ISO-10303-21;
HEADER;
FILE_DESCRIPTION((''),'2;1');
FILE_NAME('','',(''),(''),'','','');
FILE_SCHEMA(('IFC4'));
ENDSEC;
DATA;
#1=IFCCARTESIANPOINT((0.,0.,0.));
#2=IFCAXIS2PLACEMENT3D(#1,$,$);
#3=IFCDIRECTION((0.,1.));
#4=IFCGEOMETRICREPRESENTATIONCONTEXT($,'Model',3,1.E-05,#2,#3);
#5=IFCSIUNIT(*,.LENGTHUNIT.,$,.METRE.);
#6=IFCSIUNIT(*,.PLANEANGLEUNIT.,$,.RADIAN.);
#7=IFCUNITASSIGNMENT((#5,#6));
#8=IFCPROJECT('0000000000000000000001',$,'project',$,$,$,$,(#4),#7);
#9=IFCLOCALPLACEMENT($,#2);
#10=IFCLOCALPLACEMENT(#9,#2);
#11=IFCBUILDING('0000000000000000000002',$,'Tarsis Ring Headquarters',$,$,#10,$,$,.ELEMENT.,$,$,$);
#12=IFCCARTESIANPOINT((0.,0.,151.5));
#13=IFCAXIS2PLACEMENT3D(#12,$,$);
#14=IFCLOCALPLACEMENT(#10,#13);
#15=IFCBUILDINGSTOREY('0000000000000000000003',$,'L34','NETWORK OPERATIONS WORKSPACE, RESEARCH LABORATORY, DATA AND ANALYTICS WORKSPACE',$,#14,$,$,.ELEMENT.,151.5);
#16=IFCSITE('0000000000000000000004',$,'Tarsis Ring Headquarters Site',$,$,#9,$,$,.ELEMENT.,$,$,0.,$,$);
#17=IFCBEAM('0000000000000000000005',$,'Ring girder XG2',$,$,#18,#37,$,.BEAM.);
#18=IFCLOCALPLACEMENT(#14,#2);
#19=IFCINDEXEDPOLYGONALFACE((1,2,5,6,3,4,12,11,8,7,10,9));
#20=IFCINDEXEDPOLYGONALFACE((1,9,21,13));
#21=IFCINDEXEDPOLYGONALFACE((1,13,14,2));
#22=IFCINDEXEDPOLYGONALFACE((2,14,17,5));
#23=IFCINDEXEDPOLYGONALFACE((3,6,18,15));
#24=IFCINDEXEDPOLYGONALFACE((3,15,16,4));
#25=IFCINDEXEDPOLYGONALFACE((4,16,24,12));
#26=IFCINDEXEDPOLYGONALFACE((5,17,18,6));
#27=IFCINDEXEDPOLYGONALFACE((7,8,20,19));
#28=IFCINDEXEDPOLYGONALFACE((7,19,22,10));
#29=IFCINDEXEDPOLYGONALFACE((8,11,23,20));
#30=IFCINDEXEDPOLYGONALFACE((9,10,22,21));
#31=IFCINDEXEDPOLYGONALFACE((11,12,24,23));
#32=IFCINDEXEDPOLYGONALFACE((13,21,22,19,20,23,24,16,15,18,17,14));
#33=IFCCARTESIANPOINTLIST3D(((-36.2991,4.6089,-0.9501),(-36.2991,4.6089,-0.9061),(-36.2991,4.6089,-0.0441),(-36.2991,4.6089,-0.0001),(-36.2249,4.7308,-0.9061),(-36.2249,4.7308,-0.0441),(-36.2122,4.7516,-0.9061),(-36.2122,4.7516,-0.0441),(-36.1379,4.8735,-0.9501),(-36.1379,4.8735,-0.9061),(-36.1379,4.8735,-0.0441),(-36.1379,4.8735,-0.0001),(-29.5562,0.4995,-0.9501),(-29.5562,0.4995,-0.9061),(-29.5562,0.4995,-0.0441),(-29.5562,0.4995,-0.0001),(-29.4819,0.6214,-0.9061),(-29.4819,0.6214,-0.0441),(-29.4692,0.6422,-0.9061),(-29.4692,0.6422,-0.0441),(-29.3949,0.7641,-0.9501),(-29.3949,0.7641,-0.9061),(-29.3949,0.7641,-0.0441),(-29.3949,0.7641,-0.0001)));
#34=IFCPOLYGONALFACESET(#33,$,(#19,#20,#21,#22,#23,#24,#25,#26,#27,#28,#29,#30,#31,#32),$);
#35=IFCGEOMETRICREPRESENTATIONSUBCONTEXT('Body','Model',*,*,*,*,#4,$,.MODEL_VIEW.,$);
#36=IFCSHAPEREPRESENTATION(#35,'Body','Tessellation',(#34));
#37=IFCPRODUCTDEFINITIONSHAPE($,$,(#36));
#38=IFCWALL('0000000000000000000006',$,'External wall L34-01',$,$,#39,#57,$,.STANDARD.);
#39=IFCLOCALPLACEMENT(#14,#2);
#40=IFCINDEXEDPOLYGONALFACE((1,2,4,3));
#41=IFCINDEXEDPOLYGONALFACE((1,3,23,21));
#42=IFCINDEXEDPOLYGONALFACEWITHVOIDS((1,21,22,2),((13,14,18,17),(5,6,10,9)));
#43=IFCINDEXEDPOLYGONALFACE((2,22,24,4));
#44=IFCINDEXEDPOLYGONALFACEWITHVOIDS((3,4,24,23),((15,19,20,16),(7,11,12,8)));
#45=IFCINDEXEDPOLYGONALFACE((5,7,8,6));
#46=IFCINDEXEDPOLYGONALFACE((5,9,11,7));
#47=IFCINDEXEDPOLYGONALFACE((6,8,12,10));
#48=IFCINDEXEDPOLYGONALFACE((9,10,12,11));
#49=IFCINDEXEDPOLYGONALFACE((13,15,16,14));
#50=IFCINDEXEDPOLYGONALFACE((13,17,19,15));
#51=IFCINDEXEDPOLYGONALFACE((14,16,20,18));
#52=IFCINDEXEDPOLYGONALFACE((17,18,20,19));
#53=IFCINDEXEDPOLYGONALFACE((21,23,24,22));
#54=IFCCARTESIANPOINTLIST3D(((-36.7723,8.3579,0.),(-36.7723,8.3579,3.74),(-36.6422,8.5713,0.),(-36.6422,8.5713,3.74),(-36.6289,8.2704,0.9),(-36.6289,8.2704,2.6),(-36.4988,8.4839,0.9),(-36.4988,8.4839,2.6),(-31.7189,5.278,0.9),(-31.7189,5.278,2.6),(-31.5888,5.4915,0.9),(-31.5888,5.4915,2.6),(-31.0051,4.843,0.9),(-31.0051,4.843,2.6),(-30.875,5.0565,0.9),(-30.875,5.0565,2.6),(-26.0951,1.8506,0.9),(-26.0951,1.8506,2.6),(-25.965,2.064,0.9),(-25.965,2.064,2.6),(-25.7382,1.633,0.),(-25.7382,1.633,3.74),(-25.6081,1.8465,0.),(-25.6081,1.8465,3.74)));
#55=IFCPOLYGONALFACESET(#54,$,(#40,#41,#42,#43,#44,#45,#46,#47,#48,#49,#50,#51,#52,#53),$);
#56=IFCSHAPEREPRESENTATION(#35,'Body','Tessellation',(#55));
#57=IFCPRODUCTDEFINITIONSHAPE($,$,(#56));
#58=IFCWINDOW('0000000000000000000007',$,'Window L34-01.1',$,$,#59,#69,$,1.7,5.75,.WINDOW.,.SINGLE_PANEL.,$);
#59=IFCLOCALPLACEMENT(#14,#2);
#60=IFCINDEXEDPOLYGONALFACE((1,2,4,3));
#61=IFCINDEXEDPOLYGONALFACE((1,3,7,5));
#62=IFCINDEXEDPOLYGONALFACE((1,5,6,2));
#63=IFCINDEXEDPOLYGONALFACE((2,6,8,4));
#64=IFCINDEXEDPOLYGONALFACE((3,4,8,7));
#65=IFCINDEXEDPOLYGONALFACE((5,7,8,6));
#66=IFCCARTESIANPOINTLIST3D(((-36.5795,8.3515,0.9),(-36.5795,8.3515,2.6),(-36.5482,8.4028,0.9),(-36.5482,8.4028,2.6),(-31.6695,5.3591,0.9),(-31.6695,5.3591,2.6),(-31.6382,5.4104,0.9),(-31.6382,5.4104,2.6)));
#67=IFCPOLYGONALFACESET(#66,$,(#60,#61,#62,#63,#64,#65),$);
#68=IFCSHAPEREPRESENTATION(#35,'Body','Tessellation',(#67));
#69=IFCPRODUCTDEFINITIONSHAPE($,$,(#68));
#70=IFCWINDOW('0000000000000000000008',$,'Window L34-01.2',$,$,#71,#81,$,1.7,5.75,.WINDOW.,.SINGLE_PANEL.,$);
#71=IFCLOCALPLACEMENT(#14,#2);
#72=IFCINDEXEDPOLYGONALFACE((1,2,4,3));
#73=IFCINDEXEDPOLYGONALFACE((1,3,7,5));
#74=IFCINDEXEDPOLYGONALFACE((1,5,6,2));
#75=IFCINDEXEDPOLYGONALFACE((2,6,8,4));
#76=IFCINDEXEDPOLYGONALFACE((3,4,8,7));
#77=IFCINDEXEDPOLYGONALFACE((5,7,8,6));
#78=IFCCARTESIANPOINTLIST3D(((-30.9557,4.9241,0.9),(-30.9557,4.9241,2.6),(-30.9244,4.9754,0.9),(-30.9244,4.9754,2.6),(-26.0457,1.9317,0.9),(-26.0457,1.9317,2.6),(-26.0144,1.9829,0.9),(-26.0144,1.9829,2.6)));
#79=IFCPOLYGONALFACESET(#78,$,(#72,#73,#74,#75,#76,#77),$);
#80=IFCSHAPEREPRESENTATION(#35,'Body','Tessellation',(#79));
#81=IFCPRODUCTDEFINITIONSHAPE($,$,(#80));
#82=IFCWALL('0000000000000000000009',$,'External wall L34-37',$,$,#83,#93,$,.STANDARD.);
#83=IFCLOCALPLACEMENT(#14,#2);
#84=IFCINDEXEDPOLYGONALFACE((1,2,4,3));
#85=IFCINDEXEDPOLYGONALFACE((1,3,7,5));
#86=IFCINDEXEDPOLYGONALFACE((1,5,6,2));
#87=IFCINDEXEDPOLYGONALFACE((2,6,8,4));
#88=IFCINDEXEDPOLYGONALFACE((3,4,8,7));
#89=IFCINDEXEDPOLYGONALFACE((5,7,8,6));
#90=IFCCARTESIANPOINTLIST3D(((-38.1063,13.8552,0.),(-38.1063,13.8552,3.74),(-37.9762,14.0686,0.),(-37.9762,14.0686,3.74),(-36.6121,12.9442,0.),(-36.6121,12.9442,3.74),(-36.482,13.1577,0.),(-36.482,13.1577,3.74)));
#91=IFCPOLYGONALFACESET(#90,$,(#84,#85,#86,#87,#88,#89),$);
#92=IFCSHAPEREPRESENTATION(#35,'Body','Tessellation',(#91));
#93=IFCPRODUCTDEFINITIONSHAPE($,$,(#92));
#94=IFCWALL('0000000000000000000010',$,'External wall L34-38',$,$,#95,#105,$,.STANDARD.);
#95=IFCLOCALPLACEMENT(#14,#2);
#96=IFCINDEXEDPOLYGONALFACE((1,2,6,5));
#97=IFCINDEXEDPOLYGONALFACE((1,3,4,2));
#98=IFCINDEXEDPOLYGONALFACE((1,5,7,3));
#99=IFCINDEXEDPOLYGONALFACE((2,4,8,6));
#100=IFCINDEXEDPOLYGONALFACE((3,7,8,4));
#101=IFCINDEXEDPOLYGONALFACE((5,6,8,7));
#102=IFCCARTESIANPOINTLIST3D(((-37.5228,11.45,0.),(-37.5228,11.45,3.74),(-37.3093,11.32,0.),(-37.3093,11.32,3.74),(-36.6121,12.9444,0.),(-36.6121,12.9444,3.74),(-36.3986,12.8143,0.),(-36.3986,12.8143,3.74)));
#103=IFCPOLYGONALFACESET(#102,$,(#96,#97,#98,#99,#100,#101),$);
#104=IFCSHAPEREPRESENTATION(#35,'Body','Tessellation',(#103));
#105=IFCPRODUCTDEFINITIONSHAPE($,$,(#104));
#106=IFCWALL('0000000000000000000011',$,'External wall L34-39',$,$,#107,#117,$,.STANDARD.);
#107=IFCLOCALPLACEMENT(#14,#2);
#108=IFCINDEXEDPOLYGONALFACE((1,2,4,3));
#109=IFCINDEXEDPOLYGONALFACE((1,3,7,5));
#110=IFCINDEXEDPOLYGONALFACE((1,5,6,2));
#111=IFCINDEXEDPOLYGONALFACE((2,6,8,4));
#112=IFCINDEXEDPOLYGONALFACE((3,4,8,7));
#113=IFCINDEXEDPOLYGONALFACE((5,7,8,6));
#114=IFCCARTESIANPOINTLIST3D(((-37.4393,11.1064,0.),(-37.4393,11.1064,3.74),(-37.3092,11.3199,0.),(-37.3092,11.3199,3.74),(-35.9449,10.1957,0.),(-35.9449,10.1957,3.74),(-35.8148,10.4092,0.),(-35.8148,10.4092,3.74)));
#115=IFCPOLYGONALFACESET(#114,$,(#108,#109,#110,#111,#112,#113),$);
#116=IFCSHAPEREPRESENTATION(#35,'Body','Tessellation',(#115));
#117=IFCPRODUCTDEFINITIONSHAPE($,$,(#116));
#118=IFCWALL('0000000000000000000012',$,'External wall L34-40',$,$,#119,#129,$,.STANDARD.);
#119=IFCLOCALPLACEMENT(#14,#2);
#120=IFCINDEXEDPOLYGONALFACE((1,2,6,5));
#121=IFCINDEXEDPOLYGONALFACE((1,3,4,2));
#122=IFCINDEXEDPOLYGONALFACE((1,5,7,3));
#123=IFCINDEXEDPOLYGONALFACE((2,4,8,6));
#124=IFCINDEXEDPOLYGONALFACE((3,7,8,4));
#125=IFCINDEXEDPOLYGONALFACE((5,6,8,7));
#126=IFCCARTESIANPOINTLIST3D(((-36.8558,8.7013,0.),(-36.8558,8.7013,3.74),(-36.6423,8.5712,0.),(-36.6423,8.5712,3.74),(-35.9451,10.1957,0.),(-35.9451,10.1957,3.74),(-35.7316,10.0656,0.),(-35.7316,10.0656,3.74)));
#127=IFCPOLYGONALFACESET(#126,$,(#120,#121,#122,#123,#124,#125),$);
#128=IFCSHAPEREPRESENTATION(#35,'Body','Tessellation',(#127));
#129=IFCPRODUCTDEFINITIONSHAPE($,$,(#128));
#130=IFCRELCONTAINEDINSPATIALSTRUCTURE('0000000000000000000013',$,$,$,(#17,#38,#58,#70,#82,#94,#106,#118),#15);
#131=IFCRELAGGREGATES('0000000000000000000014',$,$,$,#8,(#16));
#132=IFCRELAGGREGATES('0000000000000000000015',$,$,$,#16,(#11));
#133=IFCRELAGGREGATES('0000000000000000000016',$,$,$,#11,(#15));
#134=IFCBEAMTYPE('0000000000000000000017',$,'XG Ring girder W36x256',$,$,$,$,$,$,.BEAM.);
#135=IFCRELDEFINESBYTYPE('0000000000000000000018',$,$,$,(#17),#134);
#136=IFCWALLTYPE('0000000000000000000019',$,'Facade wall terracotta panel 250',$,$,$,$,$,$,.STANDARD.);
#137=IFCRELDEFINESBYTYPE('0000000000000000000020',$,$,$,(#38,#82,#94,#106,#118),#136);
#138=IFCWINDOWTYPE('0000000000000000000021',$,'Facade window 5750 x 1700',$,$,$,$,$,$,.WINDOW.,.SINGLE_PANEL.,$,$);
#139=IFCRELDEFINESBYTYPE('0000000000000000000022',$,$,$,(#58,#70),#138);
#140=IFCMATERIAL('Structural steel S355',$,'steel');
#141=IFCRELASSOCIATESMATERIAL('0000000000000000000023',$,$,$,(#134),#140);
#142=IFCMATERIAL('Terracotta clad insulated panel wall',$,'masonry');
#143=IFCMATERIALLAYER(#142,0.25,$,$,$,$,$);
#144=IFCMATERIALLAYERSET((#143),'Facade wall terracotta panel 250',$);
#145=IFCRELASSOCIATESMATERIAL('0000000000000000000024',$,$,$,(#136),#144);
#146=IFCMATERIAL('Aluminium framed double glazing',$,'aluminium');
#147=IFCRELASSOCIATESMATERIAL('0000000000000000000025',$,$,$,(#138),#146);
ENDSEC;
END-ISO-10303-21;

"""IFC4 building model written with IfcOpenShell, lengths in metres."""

from ifc_helpers import new_model, si_unit, direction, frame, frame_2d, origin, origin_2d, place, context, subcontext, project, spatial, rectangle, i_section, extrude, material, layer, layer_set, material_profile, profile_set, type_object, element, fill, save


model = new_model("IFC4")

# Units and contexts
model_context = context("Model", 3, precision=1e-05, world=origin(), true_north=direction((0.0, 1.0)))
body_context = subcontext(model_context, "Body", "Model", "MODEL_VIEW")
ifc_project = project(units=[si_unit("LENGTHUNIT", "METRE"), si_unit("PLANEANGLEUNIT", "RADIAN")], contexts=[model_context])

# Site, building, storey
site_placement = place(None, origin())
site = spatial("IfcSite", under=ifc_project, at=site_placement, Name="Tarsis Ring Headquarters Site", CompositionType="ELEMENT", RefElevation=0.0)
building_placement = place(site_placement, origin())
building = spatial("IfcBuilding", under=site, at=building_placement, Name="Tarsis Ring Headquarters", CompositionType="ELEMENT")
storey_placement = place(building_placement, frame((0.0, 0.0, 151.5)))
storey = spatial("IfcBuildingStorey", under=building, at=storey_placement, Name="L34", Description="NETWORK OPERATIONS WORKSPACE, RESEARCH LABORATORY, DATA AND ANALYTICS WORKSPACE", CompositionType="ELEMENT", Elevation=151.5)

# Shared definitions
ifc_material_1 = material(Name="Structural steel S355", Category="steel")

# Beam
ifc_material_profile_1 = material_profile(ifc_material_1, i_section(OverallWidth=0.3098, OverallDepth=0.95, WebThickness=0.0244, FlangeThickness=0.0439, at=origin_2d()), Name="W36x256")
ifc_profile_set_1 = profile_set([ifc_material_profile_1], Name="Structural steel S355")
beam_type = type_object("IfcBeamType", Name="XG Ring girder W36x256", PredefinedType="BEAM", material=ifc_profile_set_1)
for number, where, z_axis, x_axis, name in (
    (1, (-36.2185, 4.7412, -0.4751), (0.853918, -0.520408, 0.0), (0.520408, 0.853918, 0.0), "Ring girder XG2"),
):
    element("IfcBeam", number, at=place(storey_placement, frame(where, z_axis=z_axis, x_axis=x_axis)), inside=storey, type_object=beam_type, Name=name, PredefinedType="BEAM", context=body_context, shape_type="SweptSolid", body=[
        extrude(i_section(OverallWidth=0.3098, OverallDepth=0.95, WebThickness=0.0244, FlangeThickness=0.0439, at=origin_2d()), origin(), (0.0, 0.0, 1.0), 7.8965),
    ])

# Wall, openings, windows
ifc_material_2 = material(Name="Terracotta clad insulated panel wall", Category="masonry")
ifc_layer = layer(ifc_material_2, 0.25)
ifc_layer_set = layer_set([ifc_layer], Name="Facade wall terracotta panel 250")
wall_type = type_object("IfcWallType", Name="Facade wall terracotta panel 250", PredefinedType="STANDARD", material=ifc_layer_set)
wall_placement = place(storey_placement, frame((-36.7073, 8.4646, 0.0), z_axis=(0.0, 0.0, 1.0), x_axis=(0.85391, -0.520421, 0.0)))
wall = element("IfcWall", 2, at=wall_placement, inside=storey, type_object=wall_type, Name="External wall L34-01", PredefinedType="STANDARD", context=body_context, shape_type="SweptSolid", body=[
    extrude(rectangle(XDim=12.9219, YDim=0.25, at=frame_2d((6.4609, 0.0))), origin(), (0.0, 0.0, 1.0), 3.74),
])
opening_1_placement = place(wall_placement, frame((0.168, 0.0, 0.8999)))
opening_1 = element("IfcOpeningElement", 3, at=opening_1_placement, cuts=wall, PredefinedType="OPENING", context=body_context, shape_type="SweptSolid", body=[
    extrude(rectangle(XDim=5.75, YDim=1.7, at=frame_2d((2.875, 0.8501))), frame((0.0, 0.135, 0.0), z_axis=(0.0, -1.0, 0.0), x_axis=(1.0, 0.0, 0.0)), (0.0, 0.0, 1.0), 0.27),
])
opening_2_placement = place(wall_placement, frame((6.7539, 0.0, 0.8999)))
opening_2 = element("IfcOpeningElement", 4, at=opening_2_placement, cuts=wall, PredefinedType="OPENING", context=body_context, shape_type="SweptSolid", body=[
    extrude(rectangle(XDim=5.75, YDim=1.7, at=frame_2d((2.875, 0.8501))), frame((0.0, 0.135, 0.0), z_axis=(0.0, -1.0, 0.0), x_axis=(1.0, 0.0, 0.0)), (0.0, 0.0, 1.0), 0.27),
])
ifc_material_3 = material(Name="Aluminium framed double glazing", Category="aluminium")
window_type = type_object("IfcWindowType", Name="Facade window 5750 x 1700", PartitioningType="SINGLE_PANEL", PredefinedType="WINDOW", material=ifc_material_3)
window_1_placement = place(opening_1_placement, origin())
window_1 = element("IfcWindow", 5, at=window_1_placement, inside=storey, type_object=window_type, Name="Window L34-01.1", OverallHeight=1.7, OverallWidth=5.75, PartitioningType="SINGLE_PANEL", PredefinedType="WINDOW", context=body_context, shape_type="SweptSolid", body=[
    extrude(rectangle(XDim=5.75, YDim=1.7, at=frame_2d((2.875, 0.8501))), frame((0.0, 0.03, 0.0), z_axis=(0.0, -1.0, 0.0), x_axis=(1.0, 0.0, 0.0)), (0.0, 0.0, 1.0), 0.0601),
])
fill(opening_1, window_1)
window_2_placement = place(opening_2_placement, origin())
window_2 = element("IfcWindow", 6, at=window_2_placement, inside=storey, type_object=window_type, Name="Window L34-01.2", OverallHeight=1.7, OverallWidth=5.75, PartitioningType="SINGLE_PANEL", PredefinedType="WINDOW", context=body_context, shape_type="SweptSolid", body=[
    extrude(rectangle(XDim=5.75, YDim=1.7, at=frame_2d((2.875, 0.8501))), frame((0.0, 0.03, 0.0), z_axis=(0.0, -1.0, 0.0), x_axis=(1.0, 0.0, 0.0)), (0.0, 0.0, 1.0), 0.0601),
])
fill(opening_2, window_2)

# Walls
for number, where, z_axis, x_axis, name in (
    (7, (-38.0413, 13.9619, 0.0), (0.0, 0.0, 1.0), (0.85384, -0.520535, 0.0), "External wall L34-37"),
    (8, (-36.5054, 12.8794, 0.0), (0.0, 0.0, 1.0), (-0.520372, -0.85394, 0.0), "External wall L34-38"),
    (9, (-37.3743, 11.2131, 0.0), (0.0, 0.0, 1.0), (0.85394, -0.520372, 0.0), "External wall L34-39"),
    (10, (-35.8384, 10.1306, 0.0), (0.0, 0.0, 1.0), (-0.520372, -0.85394, 0.0), "External wall L34-40"),
):
    element("IfcWall", number, at=place(storey_placement, frame(where, z_axis=z_axis, x_axis=x_axis)), inside=storey, type_object=wall_type, Name=name, PredefinedType="STANDARD", context=body_context, shape_type="SweptSolid", body=[
        extrude(rectangle(XDim=1.75, YDim=0.25, at=frame_2d((0.875, 0.0))), origin(), (0.0, 0.0, 1.0), 3.74),
    ])

save(model, "model.ifc")
